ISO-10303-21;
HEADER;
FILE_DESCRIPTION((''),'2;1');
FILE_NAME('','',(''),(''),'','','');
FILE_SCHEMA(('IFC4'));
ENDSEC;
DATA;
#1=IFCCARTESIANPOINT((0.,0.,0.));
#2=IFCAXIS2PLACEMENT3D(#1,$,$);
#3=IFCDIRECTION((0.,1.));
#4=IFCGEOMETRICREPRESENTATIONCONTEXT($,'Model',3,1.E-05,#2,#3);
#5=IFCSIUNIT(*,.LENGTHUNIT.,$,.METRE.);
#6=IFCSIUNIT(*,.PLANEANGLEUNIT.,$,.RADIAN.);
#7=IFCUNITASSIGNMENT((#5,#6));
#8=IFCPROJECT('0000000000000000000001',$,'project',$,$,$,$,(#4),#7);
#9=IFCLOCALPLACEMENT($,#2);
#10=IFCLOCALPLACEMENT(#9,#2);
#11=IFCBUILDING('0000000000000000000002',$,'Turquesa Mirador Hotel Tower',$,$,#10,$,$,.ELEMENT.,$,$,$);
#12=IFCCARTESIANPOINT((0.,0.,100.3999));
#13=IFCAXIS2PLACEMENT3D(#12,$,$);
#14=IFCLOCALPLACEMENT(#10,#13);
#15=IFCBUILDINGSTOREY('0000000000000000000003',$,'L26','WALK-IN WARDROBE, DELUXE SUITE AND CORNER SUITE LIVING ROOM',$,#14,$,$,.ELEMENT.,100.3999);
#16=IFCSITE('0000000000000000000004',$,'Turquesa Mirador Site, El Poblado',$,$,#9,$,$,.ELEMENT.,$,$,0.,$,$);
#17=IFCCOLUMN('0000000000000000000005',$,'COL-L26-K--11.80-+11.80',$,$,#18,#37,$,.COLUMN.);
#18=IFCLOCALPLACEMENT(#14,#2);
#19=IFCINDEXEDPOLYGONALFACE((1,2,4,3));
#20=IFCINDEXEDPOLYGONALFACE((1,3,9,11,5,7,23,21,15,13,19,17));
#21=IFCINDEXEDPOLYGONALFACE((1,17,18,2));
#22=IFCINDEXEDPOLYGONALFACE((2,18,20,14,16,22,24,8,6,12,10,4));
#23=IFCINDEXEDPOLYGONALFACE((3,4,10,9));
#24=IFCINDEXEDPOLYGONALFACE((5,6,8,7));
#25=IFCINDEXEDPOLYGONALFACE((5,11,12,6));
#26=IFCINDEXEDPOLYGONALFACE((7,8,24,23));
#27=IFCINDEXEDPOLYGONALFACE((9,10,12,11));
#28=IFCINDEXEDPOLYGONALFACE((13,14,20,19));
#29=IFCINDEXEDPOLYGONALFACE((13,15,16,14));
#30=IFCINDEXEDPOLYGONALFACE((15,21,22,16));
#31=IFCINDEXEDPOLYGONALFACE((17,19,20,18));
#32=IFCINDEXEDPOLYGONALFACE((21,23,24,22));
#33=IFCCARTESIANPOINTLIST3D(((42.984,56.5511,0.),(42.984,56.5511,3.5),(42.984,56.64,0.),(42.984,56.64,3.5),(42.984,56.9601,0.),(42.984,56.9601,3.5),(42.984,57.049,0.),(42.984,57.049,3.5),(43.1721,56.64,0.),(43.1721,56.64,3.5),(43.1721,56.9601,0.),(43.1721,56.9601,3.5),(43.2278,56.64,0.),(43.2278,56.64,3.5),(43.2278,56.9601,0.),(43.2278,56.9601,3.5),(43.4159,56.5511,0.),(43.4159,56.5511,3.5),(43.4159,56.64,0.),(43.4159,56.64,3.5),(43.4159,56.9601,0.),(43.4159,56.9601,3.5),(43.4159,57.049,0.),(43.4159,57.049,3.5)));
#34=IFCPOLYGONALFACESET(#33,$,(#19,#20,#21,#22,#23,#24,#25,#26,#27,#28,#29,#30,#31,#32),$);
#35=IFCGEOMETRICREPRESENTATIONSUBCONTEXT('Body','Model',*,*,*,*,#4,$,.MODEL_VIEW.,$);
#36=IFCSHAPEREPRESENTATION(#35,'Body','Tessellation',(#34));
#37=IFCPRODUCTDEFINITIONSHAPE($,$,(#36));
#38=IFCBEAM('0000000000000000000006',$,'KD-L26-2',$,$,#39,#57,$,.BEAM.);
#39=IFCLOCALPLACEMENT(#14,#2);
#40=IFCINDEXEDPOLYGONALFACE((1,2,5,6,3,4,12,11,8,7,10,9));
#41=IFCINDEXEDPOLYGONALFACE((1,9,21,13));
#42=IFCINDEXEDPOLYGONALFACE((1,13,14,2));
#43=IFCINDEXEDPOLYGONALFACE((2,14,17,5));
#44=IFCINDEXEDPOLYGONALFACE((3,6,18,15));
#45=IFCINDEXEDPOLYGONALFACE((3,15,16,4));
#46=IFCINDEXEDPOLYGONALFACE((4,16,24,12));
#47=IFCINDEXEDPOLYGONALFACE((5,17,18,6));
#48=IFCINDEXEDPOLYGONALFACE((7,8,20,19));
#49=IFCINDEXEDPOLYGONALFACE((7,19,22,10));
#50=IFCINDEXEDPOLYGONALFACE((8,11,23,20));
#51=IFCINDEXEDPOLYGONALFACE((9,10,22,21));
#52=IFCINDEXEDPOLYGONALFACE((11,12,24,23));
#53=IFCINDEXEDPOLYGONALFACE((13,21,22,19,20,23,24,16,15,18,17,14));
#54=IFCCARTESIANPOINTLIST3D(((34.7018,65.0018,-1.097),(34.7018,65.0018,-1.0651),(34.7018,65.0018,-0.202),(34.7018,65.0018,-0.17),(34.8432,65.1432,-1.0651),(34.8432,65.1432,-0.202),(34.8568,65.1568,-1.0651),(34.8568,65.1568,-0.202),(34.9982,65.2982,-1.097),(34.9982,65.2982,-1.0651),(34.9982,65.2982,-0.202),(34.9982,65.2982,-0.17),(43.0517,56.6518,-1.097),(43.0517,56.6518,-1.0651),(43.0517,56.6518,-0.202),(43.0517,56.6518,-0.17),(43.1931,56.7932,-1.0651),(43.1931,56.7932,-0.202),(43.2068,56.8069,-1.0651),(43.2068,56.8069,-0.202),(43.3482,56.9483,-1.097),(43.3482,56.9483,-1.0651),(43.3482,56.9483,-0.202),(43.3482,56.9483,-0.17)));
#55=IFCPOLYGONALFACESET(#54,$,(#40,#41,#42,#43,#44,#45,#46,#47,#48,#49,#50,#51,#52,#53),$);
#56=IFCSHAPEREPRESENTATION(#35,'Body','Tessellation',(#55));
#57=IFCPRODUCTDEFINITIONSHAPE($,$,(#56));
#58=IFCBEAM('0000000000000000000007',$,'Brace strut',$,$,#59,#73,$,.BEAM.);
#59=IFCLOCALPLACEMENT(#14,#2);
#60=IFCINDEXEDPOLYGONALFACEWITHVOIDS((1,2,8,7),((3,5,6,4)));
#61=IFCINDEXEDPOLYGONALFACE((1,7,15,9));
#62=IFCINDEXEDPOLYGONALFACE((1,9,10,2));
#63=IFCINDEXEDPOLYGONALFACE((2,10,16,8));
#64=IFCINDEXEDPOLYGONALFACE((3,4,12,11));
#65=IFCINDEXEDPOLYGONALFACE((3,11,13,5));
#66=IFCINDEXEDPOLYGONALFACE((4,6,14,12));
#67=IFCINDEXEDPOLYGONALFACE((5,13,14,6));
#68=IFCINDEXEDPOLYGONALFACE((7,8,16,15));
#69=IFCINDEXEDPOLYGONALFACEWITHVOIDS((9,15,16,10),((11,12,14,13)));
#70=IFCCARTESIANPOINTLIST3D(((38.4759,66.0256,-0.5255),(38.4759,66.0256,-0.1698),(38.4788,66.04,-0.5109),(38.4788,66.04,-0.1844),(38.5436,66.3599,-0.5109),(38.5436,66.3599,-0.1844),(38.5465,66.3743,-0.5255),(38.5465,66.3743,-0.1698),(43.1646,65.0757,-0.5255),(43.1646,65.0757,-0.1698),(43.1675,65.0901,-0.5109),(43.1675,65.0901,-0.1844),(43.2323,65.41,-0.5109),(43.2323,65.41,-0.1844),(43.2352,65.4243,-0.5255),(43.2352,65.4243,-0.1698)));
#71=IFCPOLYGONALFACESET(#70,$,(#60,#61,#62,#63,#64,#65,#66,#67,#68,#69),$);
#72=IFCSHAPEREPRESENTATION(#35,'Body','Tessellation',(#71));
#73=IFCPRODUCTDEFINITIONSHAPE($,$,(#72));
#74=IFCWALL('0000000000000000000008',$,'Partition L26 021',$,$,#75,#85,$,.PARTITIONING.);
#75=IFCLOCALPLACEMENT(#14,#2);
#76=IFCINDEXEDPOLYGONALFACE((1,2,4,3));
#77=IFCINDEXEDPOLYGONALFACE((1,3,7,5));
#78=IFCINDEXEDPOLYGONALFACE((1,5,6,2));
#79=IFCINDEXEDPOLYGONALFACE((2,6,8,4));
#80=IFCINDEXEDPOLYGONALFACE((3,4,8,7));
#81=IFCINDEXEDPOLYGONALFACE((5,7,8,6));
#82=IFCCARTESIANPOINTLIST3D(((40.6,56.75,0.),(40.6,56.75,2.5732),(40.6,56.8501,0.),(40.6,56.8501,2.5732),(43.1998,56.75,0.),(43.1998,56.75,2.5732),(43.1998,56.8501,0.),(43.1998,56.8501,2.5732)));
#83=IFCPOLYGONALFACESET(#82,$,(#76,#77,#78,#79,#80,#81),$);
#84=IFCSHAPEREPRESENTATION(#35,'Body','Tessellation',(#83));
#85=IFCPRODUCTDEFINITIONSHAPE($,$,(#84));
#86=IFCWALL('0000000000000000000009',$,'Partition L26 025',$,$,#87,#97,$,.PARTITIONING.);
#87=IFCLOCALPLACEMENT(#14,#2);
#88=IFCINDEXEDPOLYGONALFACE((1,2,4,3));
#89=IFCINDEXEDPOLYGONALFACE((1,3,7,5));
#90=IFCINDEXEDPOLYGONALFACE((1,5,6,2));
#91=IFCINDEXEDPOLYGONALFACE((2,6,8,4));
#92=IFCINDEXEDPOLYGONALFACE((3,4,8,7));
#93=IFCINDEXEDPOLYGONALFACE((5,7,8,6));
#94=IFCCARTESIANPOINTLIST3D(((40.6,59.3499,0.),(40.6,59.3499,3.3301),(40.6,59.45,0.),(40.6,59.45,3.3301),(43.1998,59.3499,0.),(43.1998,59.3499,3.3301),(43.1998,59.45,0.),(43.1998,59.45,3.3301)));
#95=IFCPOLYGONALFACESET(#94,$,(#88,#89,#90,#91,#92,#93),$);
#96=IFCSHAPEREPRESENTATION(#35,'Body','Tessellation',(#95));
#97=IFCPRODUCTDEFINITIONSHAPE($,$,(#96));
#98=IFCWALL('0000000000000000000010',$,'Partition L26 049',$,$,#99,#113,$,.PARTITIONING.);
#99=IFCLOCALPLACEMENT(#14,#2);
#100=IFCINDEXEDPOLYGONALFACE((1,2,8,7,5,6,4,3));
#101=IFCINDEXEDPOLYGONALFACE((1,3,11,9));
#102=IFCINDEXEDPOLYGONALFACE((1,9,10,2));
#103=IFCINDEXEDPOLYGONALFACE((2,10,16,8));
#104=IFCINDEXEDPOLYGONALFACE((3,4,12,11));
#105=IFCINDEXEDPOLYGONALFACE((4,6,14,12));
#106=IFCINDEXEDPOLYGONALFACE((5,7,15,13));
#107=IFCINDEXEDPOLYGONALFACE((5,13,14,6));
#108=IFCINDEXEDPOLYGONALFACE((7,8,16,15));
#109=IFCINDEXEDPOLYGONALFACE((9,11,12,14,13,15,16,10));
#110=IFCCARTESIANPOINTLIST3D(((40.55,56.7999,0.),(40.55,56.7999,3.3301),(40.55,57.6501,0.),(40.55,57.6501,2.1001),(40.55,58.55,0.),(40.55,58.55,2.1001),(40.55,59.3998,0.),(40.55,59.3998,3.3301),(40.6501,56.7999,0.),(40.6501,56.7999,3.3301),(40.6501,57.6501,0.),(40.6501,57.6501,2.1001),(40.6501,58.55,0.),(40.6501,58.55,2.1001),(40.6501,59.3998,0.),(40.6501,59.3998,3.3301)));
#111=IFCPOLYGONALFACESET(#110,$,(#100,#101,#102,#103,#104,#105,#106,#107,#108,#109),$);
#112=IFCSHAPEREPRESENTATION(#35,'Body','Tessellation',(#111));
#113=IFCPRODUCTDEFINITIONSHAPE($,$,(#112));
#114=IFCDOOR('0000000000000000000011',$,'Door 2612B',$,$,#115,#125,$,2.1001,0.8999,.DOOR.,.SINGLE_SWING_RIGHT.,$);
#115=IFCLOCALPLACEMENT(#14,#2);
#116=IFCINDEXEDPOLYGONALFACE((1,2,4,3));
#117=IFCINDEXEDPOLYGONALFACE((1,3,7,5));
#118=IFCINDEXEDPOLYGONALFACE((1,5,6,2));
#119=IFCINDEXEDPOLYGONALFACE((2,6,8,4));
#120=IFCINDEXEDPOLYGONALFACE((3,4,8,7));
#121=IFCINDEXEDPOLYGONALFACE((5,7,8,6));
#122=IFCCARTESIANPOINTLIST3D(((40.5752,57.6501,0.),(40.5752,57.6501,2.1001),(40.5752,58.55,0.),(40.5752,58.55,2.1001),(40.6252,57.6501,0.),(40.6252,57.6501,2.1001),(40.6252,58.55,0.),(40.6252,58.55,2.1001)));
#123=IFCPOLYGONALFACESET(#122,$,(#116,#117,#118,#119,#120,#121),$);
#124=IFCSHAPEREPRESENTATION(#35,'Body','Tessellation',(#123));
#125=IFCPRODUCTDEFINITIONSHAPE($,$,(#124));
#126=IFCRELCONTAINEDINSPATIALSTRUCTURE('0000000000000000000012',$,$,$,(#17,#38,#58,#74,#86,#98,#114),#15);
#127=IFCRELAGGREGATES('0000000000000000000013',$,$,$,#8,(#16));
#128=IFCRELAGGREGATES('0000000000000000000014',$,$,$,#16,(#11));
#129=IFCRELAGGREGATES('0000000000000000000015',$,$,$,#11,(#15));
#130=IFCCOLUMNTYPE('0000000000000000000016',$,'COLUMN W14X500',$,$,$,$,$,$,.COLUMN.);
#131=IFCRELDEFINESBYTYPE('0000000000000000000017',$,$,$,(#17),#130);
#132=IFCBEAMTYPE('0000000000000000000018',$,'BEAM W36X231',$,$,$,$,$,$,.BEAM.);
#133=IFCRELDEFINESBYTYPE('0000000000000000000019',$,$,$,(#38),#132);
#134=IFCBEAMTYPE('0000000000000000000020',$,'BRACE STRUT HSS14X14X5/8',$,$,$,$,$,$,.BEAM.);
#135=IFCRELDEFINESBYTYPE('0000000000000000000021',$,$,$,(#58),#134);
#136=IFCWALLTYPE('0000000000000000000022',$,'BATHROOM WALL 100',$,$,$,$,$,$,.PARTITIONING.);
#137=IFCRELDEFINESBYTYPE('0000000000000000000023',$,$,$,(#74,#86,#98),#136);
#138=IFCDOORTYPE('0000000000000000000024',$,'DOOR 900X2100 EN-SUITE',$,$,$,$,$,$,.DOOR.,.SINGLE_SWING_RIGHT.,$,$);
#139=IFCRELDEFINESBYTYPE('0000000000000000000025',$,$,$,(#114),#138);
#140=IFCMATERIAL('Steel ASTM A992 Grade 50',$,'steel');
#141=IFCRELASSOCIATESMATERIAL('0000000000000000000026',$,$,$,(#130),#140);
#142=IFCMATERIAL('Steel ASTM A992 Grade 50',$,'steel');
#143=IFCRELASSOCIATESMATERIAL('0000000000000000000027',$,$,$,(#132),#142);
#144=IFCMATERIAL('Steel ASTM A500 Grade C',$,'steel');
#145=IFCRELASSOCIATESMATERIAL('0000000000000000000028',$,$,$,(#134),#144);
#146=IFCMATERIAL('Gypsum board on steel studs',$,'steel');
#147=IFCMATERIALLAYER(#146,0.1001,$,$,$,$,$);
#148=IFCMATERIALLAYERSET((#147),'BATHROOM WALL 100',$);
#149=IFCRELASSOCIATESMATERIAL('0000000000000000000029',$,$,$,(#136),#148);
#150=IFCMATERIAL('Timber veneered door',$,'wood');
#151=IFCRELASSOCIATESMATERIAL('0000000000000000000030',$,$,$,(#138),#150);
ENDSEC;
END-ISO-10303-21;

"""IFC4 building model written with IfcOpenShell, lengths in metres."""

from ifc_helpers import new_model, si_unit, direction, frame, frame_2d, origin, origin_2d, place, context, subcontext, project, spatial, rectangle, hollow_rectangle, i_section, extrude, material, layer, layer_set, material_profile, profile_set, type_object, element, fill, save


model = new_model("IFC4")

# Units and contexts
model_context = context("Model", 3, precision=1e-05, world=origin(), true_north=direction((0.0, 1.0)))
body_context = subcontext(model_context, "Body", "Model", "MODEL_VIEW")
ifc_project = project(units=[si_unit("LENGTHUNIT", "METRE"), si_unit("PLANEANGLEUNIT", "RADIAN")], contexts=[model_context])

# Site, building, storey
site_placement = place(None, origin())
site = spatial("IfcSite", under=ifc_project, at=site_placement, Name="Turquesa Mirador Site, El Poblado", CompositionType="ELEMENT", RefElevation=0.0)
building_placement = place(site_placement, origin())
building = spatial("IfcBuilding", under=site, at=building_placement, Name="Turquesa Mirador Hotel Tower", CompositionType="ELEMENT")
storey_placement = place(building_placement, frame((0.0, 0.0, 100.3999)))
storey = spatial("IfcBuildingStorey", under=building, at=storey_placement, Name="L26", Description="WALK-IN WARDROBE, DELUXE SUITE AND CORNER SUITE LIVING ROOM", CompositionType="ELEMENT", Elevation=100.3999)

# Column
ifc_material_1 = material(Name="Steel ASTM A992 Grade 50", Category="steel")
ifc_material_profile_1 = material_profile(ifc_material_1, i_section(OverallWidth=0.4319, OverallDepth=0.4978, WebThickness=0.0557, FlangeThickness=0.0889, at=origin_2d()), Name="W14X500")
ifc_profile_set_1 = profile_set([ifc_material_profile_1], Name="Steel ASTM A992 Grade 50")
column_type = type_object("IfcColumnType", Name="COLUMN W14X500", PredefinedType="COLUMN", material=ifc_profile_set_1)
column_placement = place(storey_placement, frame((43.2, 56.8, 0.0), z_axis=(0.0, 0.0, 1.0), x_axis=(1.0, 0.0, 0.0)))
element("IfcColumn", 1, at=column_placement, inside=storey, type_object=column_type, Name="COL-L26-K--11.80-+11.80", PredefinedType="COLUMN", context=body_context, shape_type="SweptSolid", body=[
    extrude(i_section(OverallWidth=0.4319, OverallDepth=0.4978, WebThickness=0.0557, FlangeThickness=0.0889, at=origin_2d()), origin(), (0.0, 0.0, 1.0), 3.5),
])

# Beams
ifc_material_2 = material(Name="Steel ASTM A992 Grade 50", Category="steel")
ifc_material_profile_2 = material_profile(ifc_material_2, i_section(OverallWidth=0.4192, OverallDepth=0.927, WebThickness=0.0193, FlangeThickness=0.032, at=origin_2d()), Name="W36X231")
ifc_profile_set_2 = profile_set([ifc_material_profile_2], Name="Steel ASTM A992 Grade 50")
beam_type_1 = type_object("IfcBeamType", Name="BEAM W36X231", PredefinedType="BEAM", material=ifc_profile_set_2)
beam_1_placement = place(storey_placement, frame((43.2, 56.8, -0.6335), z_axis=(-0.707107, 0.707107, 0.0), x_axis=(-0.707107, -0.707107, 0.0)))
element("IfcBeam", 2, at=beam_1_placement, inside=storey, type_object=beam_type_1, Name="KD-L26-2", PredefinedType="BEAM", context=body_context, shape_type="SweptSolid", body=[
    extrude(i_section(OverallWidth=0.4192, OverallDepth=0.927, WebThickness=0.0193, FlangeThickness=0.032, at=origin_2d()), origin(), (0.0, 0.0, 1.0), 11.8086),
])
ifc_material_3 = material(Name="Steel ASTM A500 Grade C", Category="steel")
ifc_material_profile_3 = material_profile(ifc_material_3, hollow_rectangle(XDim=0.3557, YDim=0.3557, WallThickness=0.0146, at=origin_2d()), Name="HSS14X14X5/8")
ifc_profile_set_3 = profile_set([ifc_material_profile_3], Name="Steel ASTM A500 Grade C")
beam_type_2 = type_object("IfcBeamType", Name="BRACE STRUT HSS14X14X5/8", PredefinedType="BEAM", material=ifc_profile_set_3)
beam_2_placement = place(storey_placement, frame((38.5112, 66.2, -0.3477), z_axis=(0.980087, -0.198569, 0.0), x_axis=(0.198569, 0.980087, 0.0)))
element("IfcBeam", 3, at=beam_2_placement, inside=storey, type_object=beam_type_2, Name="Brace strut", PredefinedType="BEAM", context=body_context, shape_type="SweptSolid", body=[
    extrude(hollow_rectangle(XDim=0.3557, YDim=0.3557, WallThickness=0.0146, at=origin_2d()), origin(), (0.0, 0.0, 1.0), 4.7839),
])

# Walls
ifc_material_4 = material(Name="Gypsum board on steel studs", Category="steel")
ifc_layer_1 = layer(ifc_material_4, 0.1001)
ifc_layer_set_1 = layer_set([ifc_layer_1], Name="BATHROOM WALL 100")
wall_type_1 = type_object("IfcWallType", Name="BATHROOM WALL 100", PredefinedType="PARTITIONING", material=ifc_layer_set_1)
wall_1_placement = place(storey_placement, frame((40.6001, 56.8, 0.0), z_axis=(0.0, 0.0, 1.0), x_axis=(1.0, 0.0, 0.0)))
element("IfcWall", 4, at=wall_1_placement, inside=storey, type_object=wall_type_1, Name="Partition L26 021", PredefinedType="PARTITIONING", context=body_context, shape_type="SweptSolid", body=[
    extrude(rectangle(XDim=2.5999, YDim=0.1001, at=frame_2d((1.2998, 0.0))), origin(), (0.0, 0.0, 1.0), 2.5732),
])
wall_2_placement = place(storey_placement, frame((40.6001, 59.3999, 0.0), z_axis=(0.0, 0.0, 1.0), x_axis=(1.0, 0.0, 0.0)))
element("IfcWall", 5, at=wall_2_placement, inside=storey, type_object=wall_type_1, Name="Partition L26 025", PredefinedType="PARTITIONING", context=body_context, shape_type="SweptSolid", body=[
    extrude(rectangle(XDim=2.5999, YDim=0.1001, at=frame_2d((1.2998, 0.0))), origin(), (0.0, 0.0, 1.0), 3.3301),
])

# Wall, opening, door
wall_3_placement = place(storey_placement, frame((40.6001, 56.8, 0.0), z_axis=(0.0, 0.0, 1.0), x_axis=(0.0, 1.0, 0.0)))
wall_3 = element("IfcWall", 6, at=wall_3_placement, inside=storey, type_object=wall_type_1, Name="Partition L26 049", PredefinedType="PARTITIONING", context=body_context, shape_type="SweptSolid", body=[
    extrude(rectangle(XDim=2.5999, YDim=0.1001, at=frame_2d((1.2998, 0.0))), origin(), (0.0, 0.0, 1.0), 3.3301),
])
opening_1_placement = place(wall_3_placement, frame((0.8501, 0.0, 0.0)))
opening_1 = element("IfcOpeningElement", 7, at=opening_1_placement, cuts=wall_3, PredefinedType="OPENING", context=body_context, shape_type="SweptSolid", body=[
    extrude(rectangle(XDim=0.8999, YDim=2.1001, at=frame_2d((0.45, 1.05))), frame((0.0, 0.0601, 0.0), z_axis=(0.0, -1.0, 0.0), x_axis=(1.0, 0.0, 0.0)), (0.0, 0.0, 1.0), 0.1201),
])
ifc_material_5 = material(Name="Timber veneered door", Category="wood")
door_type_1 = type_object("IfcDoorType", Name="DOOR 900X2100 EN-SUITE", OperationType="SINGLE_SWING_RIGHT", PredefinedType="DOOR", material=ifc_material_5)
door_1_placement = place(opening_1_placement, origin())
door_1 = element("IfcDoor", 8, at=door_1_placement, inside=storey, type_object=door_type_1, Name="Door 2612B", OperationType="SINGLE_SWING_RIGHT", OverallHeight=2.1001, OverallWidth=0.8999, PredefinedType="DOOR", context=body_context, shape_type="SweptSolid", body=[
    extrude(rectangle(XDim=0.8999, YDim=2.1001, at=frame_2d((0.45, 1.05))), frame((0.0, 0.0249, 0.0), z_axis=(0.0, -1.0, 0.0), x_axis=(1.0, 0.0, 0.0)), (0.0, 0.0, 1.0), 0.05),
])
fill(opening_1, door_1)

save(model, "model.ifc")
